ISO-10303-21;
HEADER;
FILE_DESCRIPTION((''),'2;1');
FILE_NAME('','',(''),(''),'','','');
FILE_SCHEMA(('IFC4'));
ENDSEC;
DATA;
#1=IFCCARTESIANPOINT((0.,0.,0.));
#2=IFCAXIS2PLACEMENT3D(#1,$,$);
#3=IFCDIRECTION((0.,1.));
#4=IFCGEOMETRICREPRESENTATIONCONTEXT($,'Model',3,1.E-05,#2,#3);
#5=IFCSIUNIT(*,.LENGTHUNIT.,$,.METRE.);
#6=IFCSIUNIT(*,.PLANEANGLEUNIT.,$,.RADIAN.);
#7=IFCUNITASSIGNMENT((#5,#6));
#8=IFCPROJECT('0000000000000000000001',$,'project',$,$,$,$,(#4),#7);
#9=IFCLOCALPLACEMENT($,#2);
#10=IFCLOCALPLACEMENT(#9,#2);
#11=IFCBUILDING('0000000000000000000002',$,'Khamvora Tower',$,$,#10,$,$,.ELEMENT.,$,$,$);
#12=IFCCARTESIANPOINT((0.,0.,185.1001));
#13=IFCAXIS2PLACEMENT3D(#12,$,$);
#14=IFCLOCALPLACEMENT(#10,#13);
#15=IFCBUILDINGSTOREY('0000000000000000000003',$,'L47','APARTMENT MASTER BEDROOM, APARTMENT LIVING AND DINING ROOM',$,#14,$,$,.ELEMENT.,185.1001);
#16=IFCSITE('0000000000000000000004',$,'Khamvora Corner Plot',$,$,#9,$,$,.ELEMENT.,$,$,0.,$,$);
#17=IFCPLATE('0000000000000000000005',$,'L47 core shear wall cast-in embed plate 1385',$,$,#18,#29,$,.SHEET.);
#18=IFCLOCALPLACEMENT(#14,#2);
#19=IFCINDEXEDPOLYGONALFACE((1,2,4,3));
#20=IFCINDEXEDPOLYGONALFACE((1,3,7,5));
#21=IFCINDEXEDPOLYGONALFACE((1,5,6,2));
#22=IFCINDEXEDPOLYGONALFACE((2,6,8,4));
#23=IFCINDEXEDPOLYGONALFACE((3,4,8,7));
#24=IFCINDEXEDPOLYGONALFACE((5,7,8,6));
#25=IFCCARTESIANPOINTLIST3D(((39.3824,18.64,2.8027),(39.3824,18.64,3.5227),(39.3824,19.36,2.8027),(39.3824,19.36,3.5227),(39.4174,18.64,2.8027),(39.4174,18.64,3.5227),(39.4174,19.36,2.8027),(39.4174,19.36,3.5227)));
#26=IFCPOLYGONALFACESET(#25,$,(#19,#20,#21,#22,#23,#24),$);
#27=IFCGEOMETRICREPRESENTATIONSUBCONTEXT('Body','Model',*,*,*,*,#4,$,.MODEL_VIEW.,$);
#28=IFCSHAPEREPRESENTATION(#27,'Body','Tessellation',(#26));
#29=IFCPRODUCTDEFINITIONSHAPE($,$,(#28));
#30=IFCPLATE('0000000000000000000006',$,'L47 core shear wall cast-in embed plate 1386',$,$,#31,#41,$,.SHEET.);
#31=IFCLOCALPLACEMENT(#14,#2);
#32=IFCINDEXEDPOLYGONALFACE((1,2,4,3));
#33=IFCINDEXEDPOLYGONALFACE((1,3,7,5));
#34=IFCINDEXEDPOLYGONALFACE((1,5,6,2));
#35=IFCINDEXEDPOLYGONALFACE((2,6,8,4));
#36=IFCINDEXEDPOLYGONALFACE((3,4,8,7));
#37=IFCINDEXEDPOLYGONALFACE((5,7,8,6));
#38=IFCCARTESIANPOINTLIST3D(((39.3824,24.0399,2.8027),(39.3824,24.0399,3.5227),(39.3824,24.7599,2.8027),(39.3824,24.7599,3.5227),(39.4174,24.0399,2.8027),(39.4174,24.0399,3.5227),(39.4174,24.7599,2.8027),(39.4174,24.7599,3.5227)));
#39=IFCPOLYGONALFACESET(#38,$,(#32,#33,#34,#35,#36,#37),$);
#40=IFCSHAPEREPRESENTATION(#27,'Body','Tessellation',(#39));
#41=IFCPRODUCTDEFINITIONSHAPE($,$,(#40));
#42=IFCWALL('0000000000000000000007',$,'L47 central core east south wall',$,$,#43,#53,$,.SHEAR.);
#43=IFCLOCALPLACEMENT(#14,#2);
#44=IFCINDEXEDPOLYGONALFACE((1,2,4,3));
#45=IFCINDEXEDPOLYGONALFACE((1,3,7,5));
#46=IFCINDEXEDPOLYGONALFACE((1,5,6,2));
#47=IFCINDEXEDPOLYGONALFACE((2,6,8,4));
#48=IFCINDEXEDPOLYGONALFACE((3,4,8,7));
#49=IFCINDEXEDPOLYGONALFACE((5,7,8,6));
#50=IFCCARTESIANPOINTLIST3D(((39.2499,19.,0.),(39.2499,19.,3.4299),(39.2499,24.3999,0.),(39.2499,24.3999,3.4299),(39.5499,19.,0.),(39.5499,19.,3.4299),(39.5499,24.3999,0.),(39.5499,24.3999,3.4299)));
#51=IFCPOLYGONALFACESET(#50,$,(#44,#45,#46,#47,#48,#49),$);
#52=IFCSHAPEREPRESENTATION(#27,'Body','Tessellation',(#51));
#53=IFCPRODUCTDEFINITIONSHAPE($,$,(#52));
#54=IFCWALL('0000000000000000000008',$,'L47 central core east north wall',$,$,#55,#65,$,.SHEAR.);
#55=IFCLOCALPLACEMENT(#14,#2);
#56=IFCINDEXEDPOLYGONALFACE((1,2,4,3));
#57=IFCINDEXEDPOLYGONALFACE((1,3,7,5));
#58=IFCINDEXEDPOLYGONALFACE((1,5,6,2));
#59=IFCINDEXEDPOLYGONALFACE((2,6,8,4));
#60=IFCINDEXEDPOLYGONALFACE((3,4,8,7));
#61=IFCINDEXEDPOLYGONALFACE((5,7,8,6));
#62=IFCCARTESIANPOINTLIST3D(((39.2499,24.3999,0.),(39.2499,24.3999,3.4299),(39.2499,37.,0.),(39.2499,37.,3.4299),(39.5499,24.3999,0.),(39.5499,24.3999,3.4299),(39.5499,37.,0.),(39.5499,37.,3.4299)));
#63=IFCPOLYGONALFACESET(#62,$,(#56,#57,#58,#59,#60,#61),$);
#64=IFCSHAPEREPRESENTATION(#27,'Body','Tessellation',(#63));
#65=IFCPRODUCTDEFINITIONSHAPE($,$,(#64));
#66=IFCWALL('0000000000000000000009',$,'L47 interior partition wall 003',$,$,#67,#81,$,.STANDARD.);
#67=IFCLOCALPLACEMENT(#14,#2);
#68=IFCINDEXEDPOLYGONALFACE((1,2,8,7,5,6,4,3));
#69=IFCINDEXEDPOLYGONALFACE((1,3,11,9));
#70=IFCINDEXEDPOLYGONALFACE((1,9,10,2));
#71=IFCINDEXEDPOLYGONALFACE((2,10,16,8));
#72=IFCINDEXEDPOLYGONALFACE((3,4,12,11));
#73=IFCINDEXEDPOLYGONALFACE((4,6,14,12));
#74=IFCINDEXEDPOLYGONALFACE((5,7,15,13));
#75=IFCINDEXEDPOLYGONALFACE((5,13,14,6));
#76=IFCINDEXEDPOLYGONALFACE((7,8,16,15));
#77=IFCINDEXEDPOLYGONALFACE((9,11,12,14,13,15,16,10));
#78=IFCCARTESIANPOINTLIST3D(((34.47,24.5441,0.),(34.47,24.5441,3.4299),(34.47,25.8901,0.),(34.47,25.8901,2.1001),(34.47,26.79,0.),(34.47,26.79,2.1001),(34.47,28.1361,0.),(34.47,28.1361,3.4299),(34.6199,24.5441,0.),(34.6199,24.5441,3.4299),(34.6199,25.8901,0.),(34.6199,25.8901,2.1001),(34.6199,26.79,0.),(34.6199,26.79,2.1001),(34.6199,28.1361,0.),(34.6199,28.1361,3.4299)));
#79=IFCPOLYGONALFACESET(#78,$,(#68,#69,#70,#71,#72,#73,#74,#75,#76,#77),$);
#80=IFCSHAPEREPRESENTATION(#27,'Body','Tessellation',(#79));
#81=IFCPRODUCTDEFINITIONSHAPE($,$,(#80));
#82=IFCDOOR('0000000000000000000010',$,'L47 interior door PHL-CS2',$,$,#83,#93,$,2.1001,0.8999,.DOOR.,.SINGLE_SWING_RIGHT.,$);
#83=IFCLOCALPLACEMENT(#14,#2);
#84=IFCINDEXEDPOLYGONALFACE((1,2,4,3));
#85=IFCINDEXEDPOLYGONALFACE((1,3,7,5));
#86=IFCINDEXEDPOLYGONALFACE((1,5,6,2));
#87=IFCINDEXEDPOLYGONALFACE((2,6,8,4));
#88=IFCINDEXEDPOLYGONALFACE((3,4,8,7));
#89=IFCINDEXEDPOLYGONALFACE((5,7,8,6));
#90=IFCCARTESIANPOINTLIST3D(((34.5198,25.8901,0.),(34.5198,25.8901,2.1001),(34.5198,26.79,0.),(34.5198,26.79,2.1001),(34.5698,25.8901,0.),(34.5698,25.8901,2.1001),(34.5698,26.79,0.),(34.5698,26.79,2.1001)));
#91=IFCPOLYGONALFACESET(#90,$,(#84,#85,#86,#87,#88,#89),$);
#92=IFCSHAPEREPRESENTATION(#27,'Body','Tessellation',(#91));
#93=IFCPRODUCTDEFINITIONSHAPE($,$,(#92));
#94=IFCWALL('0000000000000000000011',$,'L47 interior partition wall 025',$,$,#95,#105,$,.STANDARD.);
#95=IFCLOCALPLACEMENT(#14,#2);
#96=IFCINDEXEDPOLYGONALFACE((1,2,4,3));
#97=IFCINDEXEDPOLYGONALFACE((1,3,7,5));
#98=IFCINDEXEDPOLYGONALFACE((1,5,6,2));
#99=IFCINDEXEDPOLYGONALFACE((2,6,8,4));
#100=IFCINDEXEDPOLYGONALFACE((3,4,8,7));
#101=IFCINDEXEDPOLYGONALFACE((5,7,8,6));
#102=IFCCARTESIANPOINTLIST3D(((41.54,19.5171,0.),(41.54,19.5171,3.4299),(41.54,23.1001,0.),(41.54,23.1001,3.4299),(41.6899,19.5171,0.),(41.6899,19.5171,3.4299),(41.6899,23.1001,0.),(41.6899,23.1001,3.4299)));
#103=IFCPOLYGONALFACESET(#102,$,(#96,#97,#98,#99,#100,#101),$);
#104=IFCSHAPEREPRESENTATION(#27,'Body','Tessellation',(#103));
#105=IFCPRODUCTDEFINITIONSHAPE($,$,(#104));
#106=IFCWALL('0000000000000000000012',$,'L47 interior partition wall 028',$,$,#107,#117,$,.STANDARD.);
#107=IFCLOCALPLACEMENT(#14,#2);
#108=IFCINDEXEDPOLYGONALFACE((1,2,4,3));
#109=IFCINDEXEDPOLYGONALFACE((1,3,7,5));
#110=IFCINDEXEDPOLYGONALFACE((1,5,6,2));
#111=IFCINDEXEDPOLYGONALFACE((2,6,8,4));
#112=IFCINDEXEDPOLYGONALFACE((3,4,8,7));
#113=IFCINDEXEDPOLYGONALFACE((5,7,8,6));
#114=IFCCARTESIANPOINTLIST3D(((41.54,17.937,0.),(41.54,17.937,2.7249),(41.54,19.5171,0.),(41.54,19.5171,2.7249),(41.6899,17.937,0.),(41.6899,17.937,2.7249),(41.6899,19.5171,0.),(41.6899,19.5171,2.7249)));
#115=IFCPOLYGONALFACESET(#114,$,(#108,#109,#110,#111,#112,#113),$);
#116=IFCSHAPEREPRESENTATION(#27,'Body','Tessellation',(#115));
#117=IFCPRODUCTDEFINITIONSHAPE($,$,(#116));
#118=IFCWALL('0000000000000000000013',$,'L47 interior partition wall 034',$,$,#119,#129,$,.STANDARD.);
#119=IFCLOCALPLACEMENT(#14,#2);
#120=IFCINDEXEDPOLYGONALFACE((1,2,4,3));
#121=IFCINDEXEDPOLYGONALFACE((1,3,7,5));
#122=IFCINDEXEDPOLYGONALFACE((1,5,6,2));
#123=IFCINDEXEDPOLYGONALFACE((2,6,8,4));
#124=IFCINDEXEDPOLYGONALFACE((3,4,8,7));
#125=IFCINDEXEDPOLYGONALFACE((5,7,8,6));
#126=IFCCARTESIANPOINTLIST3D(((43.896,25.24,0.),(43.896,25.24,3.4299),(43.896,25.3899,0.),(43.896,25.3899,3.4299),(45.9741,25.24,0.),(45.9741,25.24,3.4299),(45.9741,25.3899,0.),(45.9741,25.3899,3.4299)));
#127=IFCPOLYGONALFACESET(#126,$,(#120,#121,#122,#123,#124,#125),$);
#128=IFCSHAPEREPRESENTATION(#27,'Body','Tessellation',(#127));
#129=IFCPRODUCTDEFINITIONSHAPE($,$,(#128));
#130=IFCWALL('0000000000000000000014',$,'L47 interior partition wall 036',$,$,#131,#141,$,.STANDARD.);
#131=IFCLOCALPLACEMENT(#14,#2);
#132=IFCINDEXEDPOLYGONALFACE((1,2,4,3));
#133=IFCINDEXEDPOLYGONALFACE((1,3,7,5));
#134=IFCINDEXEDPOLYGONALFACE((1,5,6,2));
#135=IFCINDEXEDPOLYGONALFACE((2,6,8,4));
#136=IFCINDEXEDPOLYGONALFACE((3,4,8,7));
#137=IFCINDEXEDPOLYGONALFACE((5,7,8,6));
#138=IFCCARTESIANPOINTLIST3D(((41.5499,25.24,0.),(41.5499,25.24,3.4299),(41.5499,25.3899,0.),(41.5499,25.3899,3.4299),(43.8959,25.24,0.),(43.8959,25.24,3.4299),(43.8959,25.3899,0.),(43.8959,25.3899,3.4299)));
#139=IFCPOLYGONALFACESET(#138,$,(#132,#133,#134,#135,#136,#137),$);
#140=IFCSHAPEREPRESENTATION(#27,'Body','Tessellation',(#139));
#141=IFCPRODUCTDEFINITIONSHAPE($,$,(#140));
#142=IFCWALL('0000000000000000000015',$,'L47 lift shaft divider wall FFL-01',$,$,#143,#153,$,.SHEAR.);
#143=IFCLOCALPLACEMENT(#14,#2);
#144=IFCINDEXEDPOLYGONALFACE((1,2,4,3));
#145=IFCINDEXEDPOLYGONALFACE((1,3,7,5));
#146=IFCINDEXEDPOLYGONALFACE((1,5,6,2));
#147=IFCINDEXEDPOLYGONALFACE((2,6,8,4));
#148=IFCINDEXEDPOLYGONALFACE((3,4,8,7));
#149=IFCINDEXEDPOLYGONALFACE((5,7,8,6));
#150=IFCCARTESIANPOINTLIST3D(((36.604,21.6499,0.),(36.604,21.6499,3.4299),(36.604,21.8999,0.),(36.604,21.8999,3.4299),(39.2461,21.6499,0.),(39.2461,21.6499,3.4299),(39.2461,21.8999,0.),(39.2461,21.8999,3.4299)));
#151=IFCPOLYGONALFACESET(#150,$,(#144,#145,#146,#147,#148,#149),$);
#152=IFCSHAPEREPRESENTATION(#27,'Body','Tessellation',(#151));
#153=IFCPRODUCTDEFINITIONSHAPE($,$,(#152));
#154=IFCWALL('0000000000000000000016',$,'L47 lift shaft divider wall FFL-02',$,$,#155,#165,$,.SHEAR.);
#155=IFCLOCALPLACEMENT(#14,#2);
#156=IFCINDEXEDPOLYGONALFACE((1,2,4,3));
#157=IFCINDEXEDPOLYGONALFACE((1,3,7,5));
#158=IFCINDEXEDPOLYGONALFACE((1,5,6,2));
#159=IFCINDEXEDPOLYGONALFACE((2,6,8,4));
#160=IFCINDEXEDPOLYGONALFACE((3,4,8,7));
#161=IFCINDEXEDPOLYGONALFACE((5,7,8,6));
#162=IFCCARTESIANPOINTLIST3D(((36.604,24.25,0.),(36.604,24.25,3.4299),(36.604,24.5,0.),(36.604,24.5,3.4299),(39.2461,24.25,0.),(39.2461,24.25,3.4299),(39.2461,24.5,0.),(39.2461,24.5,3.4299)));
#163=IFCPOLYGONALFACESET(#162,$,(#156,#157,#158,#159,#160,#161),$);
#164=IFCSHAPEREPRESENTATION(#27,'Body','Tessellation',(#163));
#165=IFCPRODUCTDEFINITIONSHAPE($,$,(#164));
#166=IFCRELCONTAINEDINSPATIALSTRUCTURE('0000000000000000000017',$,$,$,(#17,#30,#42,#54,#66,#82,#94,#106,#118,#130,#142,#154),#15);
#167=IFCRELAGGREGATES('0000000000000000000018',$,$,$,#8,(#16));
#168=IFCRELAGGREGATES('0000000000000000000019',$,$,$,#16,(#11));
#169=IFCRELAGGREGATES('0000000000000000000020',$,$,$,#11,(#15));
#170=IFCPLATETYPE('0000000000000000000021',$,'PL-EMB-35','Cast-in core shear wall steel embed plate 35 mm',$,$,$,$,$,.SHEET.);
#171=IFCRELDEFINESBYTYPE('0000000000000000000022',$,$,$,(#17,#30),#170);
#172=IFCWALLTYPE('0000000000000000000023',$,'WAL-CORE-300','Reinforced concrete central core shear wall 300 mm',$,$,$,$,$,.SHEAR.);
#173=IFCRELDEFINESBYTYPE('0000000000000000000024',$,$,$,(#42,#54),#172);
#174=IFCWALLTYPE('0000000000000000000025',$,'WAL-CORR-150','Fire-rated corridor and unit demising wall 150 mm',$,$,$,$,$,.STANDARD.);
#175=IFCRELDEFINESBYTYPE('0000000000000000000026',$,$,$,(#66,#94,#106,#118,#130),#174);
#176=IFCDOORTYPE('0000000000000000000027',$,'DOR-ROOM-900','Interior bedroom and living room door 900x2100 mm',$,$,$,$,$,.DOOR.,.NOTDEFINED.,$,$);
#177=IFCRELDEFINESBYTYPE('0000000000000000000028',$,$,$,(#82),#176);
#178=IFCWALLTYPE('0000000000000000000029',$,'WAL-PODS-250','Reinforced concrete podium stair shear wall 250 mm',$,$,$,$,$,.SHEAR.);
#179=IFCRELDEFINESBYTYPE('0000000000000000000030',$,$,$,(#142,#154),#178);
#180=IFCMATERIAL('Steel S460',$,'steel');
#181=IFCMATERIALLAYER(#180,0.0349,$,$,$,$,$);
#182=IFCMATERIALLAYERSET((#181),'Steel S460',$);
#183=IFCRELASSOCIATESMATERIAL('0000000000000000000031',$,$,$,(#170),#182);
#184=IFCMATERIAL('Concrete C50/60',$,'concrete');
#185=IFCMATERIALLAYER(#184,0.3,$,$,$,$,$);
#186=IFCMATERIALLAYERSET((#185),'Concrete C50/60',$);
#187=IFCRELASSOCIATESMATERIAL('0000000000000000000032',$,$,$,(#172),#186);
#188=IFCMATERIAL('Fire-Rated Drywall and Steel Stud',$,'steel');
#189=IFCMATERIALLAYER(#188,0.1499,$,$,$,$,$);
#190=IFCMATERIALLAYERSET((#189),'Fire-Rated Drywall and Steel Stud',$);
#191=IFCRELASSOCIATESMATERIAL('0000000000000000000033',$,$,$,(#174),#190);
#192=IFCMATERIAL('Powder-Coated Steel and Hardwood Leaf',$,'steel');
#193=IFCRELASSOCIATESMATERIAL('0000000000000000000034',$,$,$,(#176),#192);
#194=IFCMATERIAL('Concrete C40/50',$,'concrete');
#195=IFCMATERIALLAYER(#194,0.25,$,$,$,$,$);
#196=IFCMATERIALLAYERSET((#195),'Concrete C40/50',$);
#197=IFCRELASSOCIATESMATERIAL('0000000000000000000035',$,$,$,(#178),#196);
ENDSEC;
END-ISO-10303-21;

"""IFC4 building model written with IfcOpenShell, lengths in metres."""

from ifc_helpers import new_model, si_unit, direction, frame, frame_2d, origin, origin_2d, place, context, subcontext, project, spatial, rectangle, extrude, material, layer, layer_set, type_object, element, fill, save


model = new_model("IFC4")

# Units and contexts
model_context = context("Model", 3, precision=1e-05, world=origin(), true_north=direction((0.0, 1.0)))
body_context = subcontext(model_context, "Body", "Model", "MODEL_VIEW")
ifc_project = project(units=[si_unit("LENGTHUNIT", "METRE"), si_unit("PLANEANGLEUNIT", "RADIAN")], contexts=[model_context])

# Site, building, storey
site_placement = place(None, origin())
site = spatial("IfcSite", under=ifc_project, at=site_placement, Name="Khamvora Corner Plot", CompositionType="ELEMENT", RefElevation=0.0)
building_placement = place(site_placement, origin())
building = spatial("IfcBuilding", under=site, at=building_placement, Name="Khamvora Tower", CompositionType="ELEMENT")
storey_placement = place(building_placement, frame((0.0, 0.0, 185.1001)))
storey = spatial("IfcBuildingStorey", under=building, at=storey_placement, Name="L47", Description="APARTMENT MASTER BEDROOM, APARTMENT LIVING AND DINING ROOM", CompositionType="ELEMENT", Elevation=185.1001)

# Shared definitions
ifc_material_1 = material(Name="Steel S460", Category="steel")

# Plates
ifc_layer_1 = layer(ifc_material_1, 0.0349)
ifc_layer_set_1 = layer_set([ifc_layer_1], Name="Steel S460")
plate_type = type_object("IfcPlateType", Name="PL-EMB-35", Description="Cast-in core shear wall steel embed plate 35 mm", PredefinedType="SHEET", material=ifc_layer_set_1)
for number, where, z_axis, x_axis, name in (
    (1, (39.3999, 19.0, 2.8027), (0.0, 0.0, 1.0), (1.0, 0.0, 0.0), "L47 core shear wall cast-in embed plate 1385"),
    (2, (39.3999, 24.3999, 2.8027), (0.0, 0.0, 1.0), (1.0, 0.0, 0.0), "L47 core shear wall cast-in embed plate 1386"),
):
    element("IfcPlate", number, at=place(storey_placement, frame(where, z_axis=z_axis, x_axis=x_axis)), inside=storey, type_object=plate_type, Name=name, PredefinedType="SHEET", context=body_context, shape_type="SweptSolid", body=[
        extrude(rectangle(XDim=0.0349, YDim=0.72, at=origin_2d()), origin(), (0.0, 0.0, 1.0), 0.72),
    ])

# Walls
ifc_material_2 = material(Name="Concrete C50/60", Category="concrete")
ifc_layer_2 = layer(ifc_material_2, 0.3)
ifc_layer_set_2 = layer_set([ifc_layer_2], Name="Concrete C50/60")
wall_type_1 = type_object("IfcWallType", Name="WAL-CORE-300", Description="Reinforced concrete central core shear wall 300 mm", PredefinedType="SHEAR", material=ifc_layer_set_2)
wall_1_placement = place(storey_placement, frame((39.3999, 19.0, 0.0), z_axis=(0.0, 0.0, 1.0), x_axis=(0.0, 1.0, 0.0)))
element("IfcWall", 3, at=wall_1_placement, inside=storey, type_object=wall_type_1, Name="L47 central core east south wall", PredefinedType="SHEAR", context=body_context, shape_type="SweptSolid", body=[
    extrude(rectangle(XDim=5.3999, YDim=0.3, at=frame_2d((2.7, 0.0))), origin(), (0.0, 0.0, 1.0), 3.4299),
])
wall_2_placement = place(storey_placement, frame((39.3999, 24.3999, 0.0), z_axis=(0.0, 0.0, 1.0), x_axis=(0.0, 1.0, 0.0)))
element("IfcWall", 4, at=wall_2_placement, inside=storey, type_object=wall_type_1, Name="L47 central core east north wall", PredefinedType="SHEAR", context=body_context, shape_type="SweptSolid", body=[
    extrude(rectangle(XDim=12.6001, YDim=0.3, at=frame_2d((6.3, 0.0))), origin(), (0.0, 0.0, 1.0), 3.4299),
])

# Shared definitions
ifc_material_3 = material(Name="Powder-Coated Steel and Hardwood Leaf", Category="steel")

# Wall, opening, door
ifc_material_4 = material(Name="Fire-Rated Drywall and Steel Stud", Category="steel")
ifc_layer_3 = layer(ifc_material_4, 0.1499)
ifc_layer_set_3 = layer_set([ifc_layer_3], Name="Fire-Rated Drywall and Steel Stud")
wall_type_2 = type_object("IfcWallType", Name="WAL-CORR-150", Description="Fire-rated corridor and unit demising wall 150 mm", PredefinedType="STANDARD", material=ifc_layer_set_3)
wall_3_placement = place(storey_placement, frame((34.5449, 28.136, 0.0), z_axis=(0.0, 0.0, 1.0), x_axis=(0.0, -1.0, 0.0)))
wall_3 = element("IfcWall", 5, at=wall_3_placement, inside=storey, type_object=wall_type_2, Name="L47 interior partition wall 003", PredefinedType="STANDARD", context=body_context, shape_type="SweptSolid", body=[
    extrude(rectangle(XDim=3.592, YDim=0.1499, at=frame_2d((1.7959, 0.0))), origin(), (0.0, 0.0, 1.0), 3.4299),
])
opening_1_placement = place(wall_3_placement, frame((1.3459, 0.0, 0.0)))
opening_1 = element("IfcOpeningElement", 6, at=opening_1_placement, cuts=wall_3, PredefinedType="OPENING", context=body_context, shape_type="SweptSolid", body=[
    extrude(rectangle(XDim=0.8999, YDim=2.1001, at=frame_2d((0.45, 1.05))), frame((0.0, 0.085, 0.0), z_axis=(0.0, -1.0, 0.0), x_axis=(1.0, 0.0, 0.0)), (0.0, 0.0, 1.0), 0.1699),
])
door_type_1 = type_object("IfcDoorType", Name="DOR-ROOM-900", Description="Interior bedroom and living room door 900x2100 mm", OperationType="NOTDEFINED", PredefinedType="DOOR", material=ifc_material_3)
door_1_placement = place(opening_1_placement, origin())
door_1 = element("IfcDoor", 7, at=door_1_placement, inside=storey, type_object=door_type_1, Name="L47 interior door PHL-CS2", OperationType="SINGLE_SWING_RIGHT", OverallHeight=2.1001, OverallWidth=0.8999, PredefinedType="DOOR", context=body_context, shape_type="SweptSolid", body=[
    extrude(rectangle(XDim=0.8999, YDim=2.1001, at=frame_2d((0.45, 1.05))), frame((0.0, 0.0249, 0.0), z_axis=(0.0, -1.0, 0.0), x_axis=(1.0, 0.0, 0.0)), (0.0, 0.0, 1.0), 0.05),
])
fill(opening_1, door_1)

# Walls
wall_4_placement = place(storey_placement, frame((41.615, 23.1001, 0.0), z_axis=(0.0, 0.0, 1.0), x_axis=(0.0, -1.0, 0.0)))
element("IfcWall", 8, at=wall_4_placement, inside=storey, type_object=wall_type_2, Name="L47 interior partition wall 025", PredefinedType="STANDARD", context=body_context, shape_type="SweptSolid", body=[
    extrude(rectangle(XDim=3.583, YDim=0.1499, at=frame_2d((1.7915, 0.0))), origin(), (0.0, 0.0, 1.0), 3.4299),
])
wall_5_placement = place(storey_placement, frame((41.615, 19.5171, 0.0), z_axis=(0.0, 0.0, 1.0), x_axis=(0.0, -1.0, 0.0)))
element("IfcWall", 9, at=wall_5_placement, inside=storey, type_object=wall_type_2, Name="L47 interior partition wall 028", PredefinedType="STANDARD", context=body_context, shape_type="SweptSolid", body=[
    extrude(rectangle(XDim=1.5801, YDim=0.1499, at=frame_2d((0.79, 0.0))), origin(), (0.0, 0.0, 1.0), 2.7249),
])
wall_6_placement = place(storey_placement, frame((43.896, 25.3149, 0.0), z_axis=(0.0, 0.0, 1.0), x_axis=(1.0, 0.0, 0.0)))
element("IfcWall", 10, at=wall_6_placement, inside=storey, type_object=wall_type_2, Name="L47 interior partition wall 034", PredefinedType="STANDARD", context=body_context, shape_type="SweptSolid", body=[
    extrude(rectangle(XDim=2.0781, YDim=0.1499, at=frame_2d((1.0391, 0.0))), origin(), (0.0, 0.0, 1.0), 3.4299),
])
wall_7_placement = place(storey_placement, frame((41.55, 25.3149, 0.0), z_axis=(0.0, 0.0, 1.0), x_axis=(1.0, 0.0, 0.0)))
element("IfcWall", 11, at=wall_7_placement, inside=storey, type_object=wall_type_2, Name="L47 interior partition wall 036", PredefinedType="STANDARD", context=body_context, shape_type="SweptSolid", body=[
    extrude(rectangle(XDim=2.3459, YDim=0.1499, at=frame_2d((1.1729, 0.0))), origin(), (0.0, 0.0, 1.0), 3.4299),
])
ifc_material_5 = material(Name="Concrete C40/50", Category="concrete")
ifc_layer_4 = layer(ifc_material_5, 0.25)
ifc_layer_set_4 = layer_set([ifc_layer_4], Name="Concrete C40/50")
wall_type_3 = type_object("IfcWallType", Name="WAL-PODS-250", Description="Reinforced concrete podium stair shear wall 250 mm", PredefinedType="SHEAR", material=ifc_layer_set_4)
for number, where, z_axis, x_axis, name in (
    (12, (36.604, 21.7749, 0.0), (0.0, 0.0, 1.0), (1.0, 0.0, 0.0), "L47 lift shaft divider wall FFL-01"),
    (13, (36.604, 24.375, 0.0), (0.0, 0.0, 1.0), (1.0, 0.0, 0.0), "L47 lift shaft divider wall FFL-02"),
):
    element("IfcWall", number, at=place(storey_placement, frame(where, z_axis=z_axis, x_axis=x_axis)), inside=storey, type_object=wall_type_3, Name=name, PredefinedType="SHEAR", context=body_context, shape_type="SweptSolid", body=[
        extrude(rectangle(XDim=2.6421, YDim=0.25, at=frame_2d((1.321, 0.0))), origin(), (0.0, 0.0, 1.0), 3.4299),
    ])

save(model, "model.ifc")
